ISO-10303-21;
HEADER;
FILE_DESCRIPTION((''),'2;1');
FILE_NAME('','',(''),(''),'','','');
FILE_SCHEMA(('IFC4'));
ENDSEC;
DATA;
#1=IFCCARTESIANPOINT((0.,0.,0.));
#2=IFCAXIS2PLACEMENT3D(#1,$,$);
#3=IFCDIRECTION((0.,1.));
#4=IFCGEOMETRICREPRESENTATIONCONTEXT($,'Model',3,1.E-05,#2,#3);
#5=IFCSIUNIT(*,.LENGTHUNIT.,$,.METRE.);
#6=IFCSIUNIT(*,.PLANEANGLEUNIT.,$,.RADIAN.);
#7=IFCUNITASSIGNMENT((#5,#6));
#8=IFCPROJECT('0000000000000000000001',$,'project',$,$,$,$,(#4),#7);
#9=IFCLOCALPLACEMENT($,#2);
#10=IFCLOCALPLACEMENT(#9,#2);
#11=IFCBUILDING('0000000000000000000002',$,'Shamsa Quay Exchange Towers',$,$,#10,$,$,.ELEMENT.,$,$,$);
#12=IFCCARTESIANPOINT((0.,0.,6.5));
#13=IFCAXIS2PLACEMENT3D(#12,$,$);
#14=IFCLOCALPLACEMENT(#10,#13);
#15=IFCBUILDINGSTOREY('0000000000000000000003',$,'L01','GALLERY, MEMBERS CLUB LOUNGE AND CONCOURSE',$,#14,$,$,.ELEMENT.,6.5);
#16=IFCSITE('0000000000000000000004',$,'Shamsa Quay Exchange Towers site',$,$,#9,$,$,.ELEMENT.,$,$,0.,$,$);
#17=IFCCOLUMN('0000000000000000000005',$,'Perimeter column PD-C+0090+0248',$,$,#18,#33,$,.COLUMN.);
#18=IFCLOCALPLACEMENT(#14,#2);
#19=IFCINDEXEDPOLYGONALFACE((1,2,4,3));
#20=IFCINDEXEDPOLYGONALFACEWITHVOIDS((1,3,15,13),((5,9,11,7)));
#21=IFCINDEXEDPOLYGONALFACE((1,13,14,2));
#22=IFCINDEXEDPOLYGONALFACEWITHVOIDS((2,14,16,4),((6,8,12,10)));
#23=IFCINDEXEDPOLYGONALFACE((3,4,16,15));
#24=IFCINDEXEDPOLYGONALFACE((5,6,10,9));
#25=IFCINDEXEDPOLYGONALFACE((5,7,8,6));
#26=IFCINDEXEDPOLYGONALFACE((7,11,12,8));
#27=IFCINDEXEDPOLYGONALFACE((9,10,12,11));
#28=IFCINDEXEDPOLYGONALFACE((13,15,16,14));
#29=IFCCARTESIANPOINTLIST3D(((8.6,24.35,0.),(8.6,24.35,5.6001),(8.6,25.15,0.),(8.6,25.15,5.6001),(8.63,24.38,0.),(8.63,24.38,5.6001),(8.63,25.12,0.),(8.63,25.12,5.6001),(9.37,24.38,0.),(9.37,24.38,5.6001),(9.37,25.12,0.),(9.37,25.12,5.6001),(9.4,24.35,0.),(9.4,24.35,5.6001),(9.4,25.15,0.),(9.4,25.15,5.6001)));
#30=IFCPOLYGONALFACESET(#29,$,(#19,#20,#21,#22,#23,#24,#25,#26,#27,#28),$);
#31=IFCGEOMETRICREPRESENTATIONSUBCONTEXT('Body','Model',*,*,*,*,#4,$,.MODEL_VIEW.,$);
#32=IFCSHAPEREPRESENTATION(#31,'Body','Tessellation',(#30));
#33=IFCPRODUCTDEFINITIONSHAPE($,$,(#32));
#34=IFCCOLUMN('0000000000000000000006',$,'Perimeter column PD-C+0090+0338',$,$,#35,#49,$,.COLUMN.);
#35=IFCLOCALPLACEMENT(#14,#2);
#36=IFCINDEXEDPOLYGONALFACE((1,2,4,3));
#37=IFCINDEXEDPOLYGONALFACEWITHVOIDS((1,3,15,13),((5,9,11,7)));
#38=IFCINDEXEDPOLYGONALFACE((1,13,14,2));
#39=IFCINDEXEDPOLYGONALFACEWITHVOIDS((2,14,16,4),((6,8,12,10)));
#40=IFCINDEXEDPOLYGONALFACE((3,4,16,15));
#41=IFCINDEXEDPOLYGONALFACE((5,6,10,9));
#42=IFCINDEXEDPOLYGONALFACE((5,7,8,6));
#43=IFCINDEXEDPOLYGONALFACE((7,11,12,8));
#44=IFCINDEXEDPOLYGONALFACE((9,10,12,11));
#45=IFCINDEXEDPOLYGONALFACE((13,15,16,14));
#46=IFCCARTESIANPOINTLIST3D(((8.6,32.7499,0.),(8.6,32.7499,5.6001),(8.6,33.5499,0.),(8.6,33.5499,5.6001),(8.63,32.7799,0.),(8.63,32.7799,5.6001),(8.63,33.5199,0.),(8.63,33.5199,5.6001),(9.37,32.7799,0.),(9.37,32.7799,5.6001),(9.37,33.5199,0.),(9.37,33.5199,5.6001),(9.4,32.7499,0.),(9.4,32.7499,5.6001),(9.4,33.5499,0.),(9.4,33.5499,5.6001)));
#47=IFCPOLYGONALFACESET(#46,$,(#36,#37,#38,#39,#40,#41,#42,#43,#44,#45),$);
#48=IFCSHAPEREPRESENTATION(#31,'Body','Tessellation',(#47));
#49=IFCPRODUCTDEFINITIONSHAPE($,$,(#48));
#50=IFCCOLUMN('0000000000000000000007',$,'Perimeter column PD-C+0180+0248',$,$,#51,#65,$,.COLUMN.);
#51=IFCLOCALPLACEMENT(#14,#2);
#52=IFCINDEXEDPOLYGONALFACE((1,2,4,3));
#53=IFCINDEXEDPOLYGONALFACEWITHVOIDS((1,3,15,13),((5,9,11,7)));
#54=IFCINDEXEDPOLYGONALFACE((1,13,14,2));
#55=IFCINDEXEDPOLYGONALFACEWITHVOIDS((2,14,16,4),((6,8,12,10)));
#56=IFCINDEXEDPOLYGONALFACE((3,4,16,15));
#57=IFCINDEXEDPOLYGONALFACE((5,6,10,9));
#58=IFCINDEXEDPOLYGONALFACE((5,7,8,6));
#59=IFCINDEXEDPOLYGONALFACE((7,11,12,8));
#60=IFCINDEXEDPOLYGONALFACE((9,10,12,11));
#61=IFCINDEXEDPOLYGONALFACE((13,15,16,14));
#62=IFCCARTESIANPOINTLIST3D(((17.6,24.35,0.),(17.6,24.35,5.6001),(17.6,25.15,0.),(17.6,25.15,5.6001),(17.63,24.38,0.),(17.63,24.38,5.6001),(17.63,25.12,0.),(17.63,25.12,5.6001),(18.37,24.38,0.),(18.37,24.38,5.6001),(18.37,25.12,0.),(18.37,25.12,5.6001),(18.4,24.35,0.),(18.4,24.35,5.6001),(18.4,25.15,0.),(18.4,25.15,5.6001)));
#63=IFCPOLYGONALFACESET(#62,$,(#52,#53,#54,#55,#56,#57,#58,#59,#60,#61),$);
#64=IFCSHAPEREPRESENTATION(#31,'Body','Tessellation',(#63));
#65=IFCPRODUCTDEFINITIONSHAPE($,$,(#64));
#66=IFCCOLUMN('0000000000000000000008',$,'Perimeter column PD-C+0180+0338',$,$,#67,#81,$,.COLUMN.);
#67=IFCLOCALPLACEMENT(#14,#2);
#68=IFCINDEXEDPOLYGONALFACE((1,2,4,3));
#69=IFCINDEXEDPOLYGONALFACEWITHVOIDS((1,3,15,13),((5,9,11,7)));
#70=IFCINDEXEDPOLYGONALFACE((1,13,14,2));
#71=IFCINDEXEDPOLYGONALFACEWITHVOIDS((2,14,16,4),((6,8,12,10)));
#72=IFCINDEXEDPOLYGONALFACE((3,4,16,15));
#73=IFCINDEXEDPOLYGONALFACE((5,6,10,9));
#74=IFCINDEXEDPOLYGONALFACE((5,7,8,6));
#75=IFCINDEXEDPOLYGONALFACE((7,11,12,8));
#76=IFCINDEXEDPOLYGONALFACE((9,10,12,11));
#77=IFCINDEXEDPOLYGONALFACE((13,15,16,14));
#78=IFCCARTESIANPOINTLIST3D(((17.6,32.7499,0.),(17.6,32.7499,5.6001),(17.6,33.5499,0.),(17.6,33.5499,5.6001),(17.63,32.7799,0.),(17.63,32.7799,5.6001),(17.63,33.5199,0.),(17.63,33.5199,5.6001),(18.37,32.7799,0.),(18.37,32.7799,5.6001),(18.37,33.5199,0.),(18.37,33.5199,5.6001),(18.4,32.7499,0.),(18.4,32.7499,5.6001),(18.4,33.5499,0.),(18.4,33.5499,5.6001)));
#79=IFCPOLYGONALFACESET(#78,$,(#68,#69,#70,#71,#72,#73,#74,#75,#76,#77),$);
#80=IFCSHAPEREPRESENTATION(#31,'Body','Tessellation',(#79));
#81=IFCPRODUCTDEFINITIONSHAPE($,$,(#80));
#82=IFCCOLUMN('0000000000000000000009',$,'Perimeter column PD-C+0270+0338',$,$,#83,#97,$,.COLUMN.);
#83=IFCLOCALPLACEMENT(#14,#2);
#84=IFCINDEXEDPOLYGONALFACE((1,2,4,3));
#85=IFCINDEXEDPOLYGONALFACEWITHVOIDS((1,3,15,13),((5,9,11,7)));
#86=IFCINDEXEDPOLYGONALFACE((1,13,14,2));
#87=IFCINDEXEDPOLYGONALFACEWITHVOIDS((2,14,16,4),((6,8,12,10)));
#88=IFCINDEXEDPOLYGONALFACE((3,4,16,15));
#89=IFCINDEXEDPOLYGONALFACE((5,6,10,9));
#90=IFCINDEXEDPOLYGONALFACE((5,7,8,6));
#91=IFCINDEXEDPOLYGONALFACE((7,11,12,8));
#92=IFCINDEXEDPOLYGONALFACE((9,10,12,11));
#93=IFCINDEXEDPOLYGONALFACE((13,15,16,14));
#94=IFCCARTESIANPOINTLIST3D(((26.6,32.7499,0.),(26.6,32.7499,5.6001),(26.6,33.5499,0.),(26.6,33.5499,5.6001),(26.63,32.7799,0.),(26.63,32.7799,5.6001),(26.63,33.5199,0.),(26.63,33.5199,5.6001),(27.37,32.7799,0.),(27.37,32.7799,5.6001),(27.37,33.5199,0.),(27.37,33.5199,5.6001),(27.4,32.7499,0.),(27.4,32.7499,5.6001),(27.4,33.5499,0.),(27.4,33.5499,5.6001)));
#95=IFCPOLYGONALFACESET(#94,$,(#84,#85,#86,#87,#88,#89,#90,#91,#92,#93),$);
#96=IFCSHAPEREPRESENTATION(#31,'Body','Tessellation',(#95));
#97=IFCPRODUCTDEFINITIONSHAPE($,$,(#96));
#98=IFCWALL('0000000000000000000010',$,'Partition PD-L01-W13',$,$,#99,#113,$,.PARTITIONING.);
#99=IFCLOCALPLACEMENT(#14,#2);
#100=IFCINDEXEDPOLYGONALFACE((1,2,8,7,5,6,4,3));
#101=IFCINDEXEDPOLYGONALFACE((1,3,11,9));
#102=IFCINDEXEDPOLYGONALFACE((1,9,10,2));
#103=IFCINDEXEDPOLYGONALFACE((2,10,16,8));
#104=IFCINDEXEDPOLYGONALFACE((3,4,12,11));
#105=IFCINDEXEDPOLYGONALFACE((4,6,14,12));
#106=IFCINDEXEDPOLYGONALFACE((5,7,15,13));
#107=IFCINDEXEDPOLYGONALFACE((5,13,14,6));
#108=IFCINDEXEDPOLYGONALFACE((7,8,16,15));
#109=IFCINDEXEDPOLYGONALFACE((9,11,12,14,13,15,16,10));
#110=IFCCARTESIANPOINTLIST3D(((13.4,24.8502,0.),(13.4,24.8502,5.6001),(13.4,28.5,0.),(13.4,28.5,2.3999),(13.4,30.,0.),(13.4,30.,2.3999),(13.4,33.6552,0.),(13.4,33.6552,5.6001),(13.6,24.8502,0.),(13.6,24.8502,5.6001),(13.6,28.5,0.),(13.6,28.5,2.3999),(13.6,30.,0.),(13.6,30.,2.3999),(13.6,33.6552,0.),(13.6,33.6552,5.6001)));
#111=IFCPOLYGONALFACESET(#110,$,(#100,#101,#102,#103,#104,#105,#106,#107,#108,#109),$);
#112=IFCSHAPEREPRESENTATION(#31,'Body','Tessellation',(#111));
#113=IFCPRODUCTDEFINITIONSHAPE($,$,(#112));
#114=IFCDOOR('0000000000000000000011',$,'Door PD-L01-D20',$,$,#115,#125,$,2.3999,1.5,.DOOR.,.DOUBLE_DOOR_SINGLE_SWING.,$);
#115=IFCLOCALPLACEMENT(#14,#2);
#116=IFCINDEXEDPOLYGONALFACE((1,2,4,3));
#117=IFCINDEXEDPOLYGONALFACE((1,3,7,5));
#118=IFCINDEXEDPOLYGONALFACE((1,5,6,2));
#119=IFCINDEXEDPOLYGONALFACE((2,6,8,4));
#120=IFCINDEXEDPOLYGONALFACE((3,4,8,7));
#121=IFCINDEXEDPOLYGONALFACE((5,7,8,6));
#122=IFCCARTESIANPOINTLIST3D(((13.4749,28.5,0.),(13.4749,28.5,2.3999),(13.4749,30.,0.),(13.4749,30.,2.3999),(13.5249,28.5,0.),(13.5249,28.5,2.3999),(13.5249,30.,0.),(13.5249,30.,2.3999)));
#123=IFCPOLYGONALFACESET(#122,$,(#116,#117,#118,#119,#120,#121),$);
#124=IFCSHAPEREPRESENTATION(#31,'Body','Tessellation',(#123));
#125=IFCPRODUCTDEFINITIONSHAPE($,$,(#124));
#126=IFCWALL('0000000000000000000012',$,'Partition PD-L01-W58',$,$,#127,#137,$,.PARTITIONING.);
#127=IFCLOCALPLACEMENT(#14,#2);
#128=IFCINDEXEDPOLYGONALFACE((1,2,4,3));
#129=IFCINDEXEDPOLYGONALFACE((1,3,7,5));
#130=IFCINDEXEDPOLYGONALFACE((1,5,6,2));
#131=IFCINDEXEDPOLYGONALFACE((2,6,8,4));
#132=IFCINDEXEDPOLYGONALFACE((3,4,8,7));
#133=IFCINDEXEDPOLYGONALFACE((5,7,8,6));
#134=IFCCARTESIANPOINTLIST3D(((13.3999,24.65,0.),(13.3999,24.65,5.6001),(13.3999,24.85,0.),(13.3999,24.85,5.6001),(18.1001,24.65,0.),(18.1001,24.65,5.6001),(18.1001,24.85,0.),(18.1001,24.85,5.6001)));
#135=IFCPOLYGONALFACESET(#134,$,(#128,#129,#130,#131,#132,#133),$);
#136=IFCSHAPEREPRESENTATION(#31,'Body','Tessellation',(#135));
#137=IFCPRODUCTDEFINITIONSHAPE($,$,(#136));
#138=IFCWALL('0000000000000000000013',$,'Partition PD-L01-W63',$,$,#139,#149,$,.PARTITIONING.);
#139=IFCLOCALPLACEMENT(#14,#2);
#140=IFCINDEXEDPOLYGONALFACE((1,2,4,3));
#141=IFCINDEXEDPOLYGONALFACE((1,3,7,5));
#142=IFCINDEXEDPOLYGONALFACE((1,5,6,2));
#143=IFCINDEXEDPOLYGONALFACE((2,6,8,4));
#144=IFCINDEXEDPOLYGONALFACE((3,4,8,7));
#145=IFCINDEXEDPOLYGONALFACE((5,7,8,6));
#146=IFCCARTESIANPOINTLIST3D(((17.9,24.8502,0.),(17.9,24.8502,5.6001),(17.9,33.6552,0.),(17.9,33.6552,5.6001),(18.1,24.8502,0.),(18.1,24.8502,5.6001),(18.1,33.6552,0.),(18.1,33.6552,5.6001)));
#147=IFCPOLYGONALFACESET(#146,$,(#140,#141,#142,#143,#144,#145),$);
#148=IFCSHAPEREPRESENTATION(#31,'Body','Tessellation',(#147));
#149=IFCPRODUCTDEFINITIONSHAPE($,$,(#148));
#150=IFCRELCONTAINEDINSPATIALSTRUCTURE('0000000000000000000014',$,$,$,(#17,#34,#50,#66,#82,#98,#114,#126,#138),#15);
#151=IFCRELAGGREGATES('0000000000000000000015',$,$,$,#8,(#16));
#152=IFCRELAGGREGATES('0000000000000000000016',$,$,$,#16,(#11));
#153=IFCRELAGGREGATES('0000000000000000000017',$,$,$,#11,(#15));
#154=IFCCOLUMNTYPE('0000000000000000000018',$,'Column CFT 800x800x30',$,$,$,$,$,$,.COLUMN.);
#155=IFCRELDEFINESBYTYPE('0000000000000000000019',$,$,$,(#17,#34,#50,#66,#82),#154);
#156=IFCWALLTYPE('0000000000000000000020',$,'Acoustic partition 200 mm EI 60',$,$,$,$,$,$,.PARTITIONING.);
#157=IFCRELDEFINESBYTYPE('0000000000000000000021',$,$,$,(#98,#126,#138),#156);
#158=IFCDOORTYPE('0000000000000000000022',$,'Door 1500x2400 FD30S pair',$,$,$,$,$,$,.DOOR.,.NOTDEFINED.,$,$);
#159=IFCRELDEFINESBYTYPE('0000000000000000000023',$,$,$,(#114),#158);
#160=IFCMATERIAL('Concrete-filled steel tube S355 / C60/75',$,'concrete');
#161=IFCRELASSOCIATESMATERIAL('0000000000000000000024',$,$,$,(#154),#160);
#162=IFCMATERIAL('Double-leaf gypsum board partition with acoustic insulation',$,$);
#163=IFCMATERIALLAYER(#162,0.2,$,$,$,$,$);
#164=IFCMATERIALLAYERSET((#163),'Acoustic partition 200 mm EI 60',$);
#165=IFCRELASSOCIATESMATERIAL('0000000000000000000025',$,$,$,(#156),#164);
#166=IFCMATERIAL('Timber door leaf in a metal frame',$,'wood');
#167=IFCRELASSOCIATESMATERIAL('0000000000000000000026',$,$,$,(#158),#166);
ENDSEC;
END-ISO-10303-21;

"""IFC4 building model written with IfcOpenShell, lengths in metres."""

from ifc_helpers import new_model, si_unit, direction, frame, frame_2d, origin, origin_2d, place, context, subcontext, project, spatial, rectangle, hollow_rectangle, extrude, material, layer, layer_set, material_profile, profile_set, type_object, element, fill, save


model = new_model("IFC4")

# Units and contexts
model_context = context("Model", 3, precision=1e-05, world=origin(), true_north=direction((0.0, 1.0)))
body_context = subcontext(model_context, "Body", "Model", "MODEL_VIEW")
ifc_project = project(units=[si_unit("LENGTHUNIT", "METRE"), si_unit("PLANEANGLEUNIT", "RADIAN")], contexts=[model_context])

# Site, building, storey
site_placement = place(None, origin())
site = spatial("IfcSite", under=ifc_project, at=site_placement, Name="Shamsa Quay Exchange Towers site", CompositionType="ELEMENT", RefElevation=0.0)
building_placement = place(site_placement, origin())
building = spatial("IfcBuilding", under=site, at=building_placement, Name="Shamsa Quay Exchange Towers", CompositionType="ELEMENT")
storey_placement = place(building_placement, frame((0.0, 0.0, 6.5)))
storey = spatial("IfcBuildingStorey", under=building, at=storey_placement, Name="L01", Description="GALLERY, MEMBERS CLUB LOUNGE AND CONCOURSE", CompositionType="ELEMENT", Elevation=6.5)

# Columns
ifc_material_1 = material(Name="Concrete-filled steel tube S355 / C60/75", Category="concrete")
ifc_material_profile = material_profile(ifc_material_1, hollow_rectangle(XDim=0.8, YDim=0.8, WallThickness=0.03, at=origin_2d()), Name="CFT 800x800x30")
ifc_profile_set = profile_set([ifc_material_profile], Name="Concrete-filled steel tube S355 / C60/75")
column_type = type_object("IfcColumnType", Name="Column CFT 800x800x30", PredefinedType="COLUMN", material=ifc_profile_set)
for number, where, name in (
    (1, (9.0, 24.75, 0.0), "Perimeter column PD-C+0090+0248"),
    (2, (9.0, 33.1499, 0.0), "Perimeter column PD-C+0090+0338"),
    (3, (18.0, 24.75, 0.0), "Perimeter column PD-C+0180+0248"),
    (4, (18.0, 33.1499, 0.0), "Perimeter column PD-C+0180+0338"),
    (5, (27.0, 33.1499, 0.0), "Perimeter column PD-C+0270+0338"),
):
    element("IfcColumn", number, at=place(storey_placement, frame(where)), inside=storey, type_object=column_type, Name=name, PredefinedType="COLUMN", context=body_context, shape_type="SweptSolid", body=[
        extrude(hollow_rectangle(XDim=0.8, YDim=0.8, WallThickness=0.03, at=origin_2d()), origin(), (0.0, 0.0, 1.0), 5.6001),
    ])

# Wall, opening, door
ifc_material_2 = material(Name="Double-leaf gypsum board partition with acoustic insulation")
ifc_layer_1 = layer(ifc_material_2, 0.2)
ifc_layer_set_1 = layer_set([ifc_layer_1], Name="Acoustic partition 200 mm EI 60")
wall_type_1 = type_object("IfcWallType", Name="Acoustic partition 200 mm EI 60", PredefinedType="PARTITIONING", material=ifc_layer_set_1)
wall_1_placement = place(storey_placement, frame((13.5, 33.655, 0.0), z_axis=(0.0, 0.0, 1.0), x_axis=(0.0, -1.0, 0.0)))
wall_1 = element("IfcWall", 6, at=wall_1_placement, inside=storey, type_object=wall_type_1, Name="Partition PD-L01-W13", PredefinedType="PARTITIONING", context=body_context, shape_type="SweptSolid", body=[
    extrude(rectangle(XDim=8.8049, YDim=0.2, at=frame_2d((4.4023, 0.0))), origin(), (0.0, 0.0, 1.0), 5.6001),
])
opening_1_placement = place(wall_1_placement, frame((3.655, 0.0, 0.0)))
opening_1 = element("IfcOpeningElement", 7, at=opening_1_placement, cuts=wall_1, PredefinedType="OPENING", context=body_context, shape_type="SweptSolid", body=[
    extrude(rectangle(XDim=1.5, YDim=2.3999, at=frame_2d((0.75, 1.2))), frame((0.0, 0.1099, 0.0), z_axis=(0.0, -1.0, 0.0), x_axis=(1.0, 0.0, 0.0)), (0.0, 0.0, 1.0), 0.22),
])
ifc_material_3 = material(Name="Timber door leaf in a metal frame", Category="wood")
door_type_1 = type_object("IfcDoorType", Name="Door 1500x2400 FD30S pair", OperationType="NOTDEFINED", PredefinedType="DOOR", material=ifc_material_3)
door_1_placement = place(opening_1_placement, origin())
door_1 = element("IfcDoor", 8, at=door_1_placement, inside=storey, type_object=door_type_1, Name="Door PD-L01-D20", OperationType="DOUBLE_DOOR_SINGLE_SWING", OverallHeight=2.3999, OverallWidth=1.5, PredefinedType="DOOR", context=body_context, shape_type="SweptSolid", body=[
    extrude(rectangle(XDim=1.5, YDim=2.3999, at=frame_2d((0.75, 1.2))), frame((0.0, 0.0249, 0.0), z_axis=(0.0, -1.0, 0.0), x_axis=(1.0, 0.0, 0.0)), (0.0, 0.0, 1.0), 0.05),
])
fill(opening_1, door_1)

# Walls
wall_2_placement = place(storey_placement, frame((18.1001, 24.75, 0.0), z_axis=(0.0, 0.0, 1.0), x_axis=(-1.0, 0.0, 0.0)))
element("IfcWall", 9, at=wall_2_placement, inside=storey, type_object=wall_type_1, Name="Partition PD-L01-W58", PredefinedType="PARTITIONING", context=body_context, shape_type="SweptSolid", body=[
    extrude(rectangle(XDim=4.7002, YDim=0.2, at=frame_2d((2.3501, 0.0))), origin(), (0.0, 0.0, 1.0), 5.6001),
])
wall_3_placement = place(storey_placement, frame((18.0, 33.655, 0.0), z_axis=(0.0, 0.0, 1.0), x_axis=(0.0, -1.0, 0.0)))
element("IfcWall", 10, at=wall_3_placement, inside=storey, type_object=wall_type_1, Name="Partition PD-L01-W63", PredefinedType="PARTITIONING", context=body_context, shape_type="SweptSolid", body=[
    extrude(rectangle(XDim=8.8049, YDim=0.2, at=frame_2d((4.4023, 0.0))), origin(), (0.0, 0.0, 1.0), 5.6001),
])

save(model, "model.ifc")
